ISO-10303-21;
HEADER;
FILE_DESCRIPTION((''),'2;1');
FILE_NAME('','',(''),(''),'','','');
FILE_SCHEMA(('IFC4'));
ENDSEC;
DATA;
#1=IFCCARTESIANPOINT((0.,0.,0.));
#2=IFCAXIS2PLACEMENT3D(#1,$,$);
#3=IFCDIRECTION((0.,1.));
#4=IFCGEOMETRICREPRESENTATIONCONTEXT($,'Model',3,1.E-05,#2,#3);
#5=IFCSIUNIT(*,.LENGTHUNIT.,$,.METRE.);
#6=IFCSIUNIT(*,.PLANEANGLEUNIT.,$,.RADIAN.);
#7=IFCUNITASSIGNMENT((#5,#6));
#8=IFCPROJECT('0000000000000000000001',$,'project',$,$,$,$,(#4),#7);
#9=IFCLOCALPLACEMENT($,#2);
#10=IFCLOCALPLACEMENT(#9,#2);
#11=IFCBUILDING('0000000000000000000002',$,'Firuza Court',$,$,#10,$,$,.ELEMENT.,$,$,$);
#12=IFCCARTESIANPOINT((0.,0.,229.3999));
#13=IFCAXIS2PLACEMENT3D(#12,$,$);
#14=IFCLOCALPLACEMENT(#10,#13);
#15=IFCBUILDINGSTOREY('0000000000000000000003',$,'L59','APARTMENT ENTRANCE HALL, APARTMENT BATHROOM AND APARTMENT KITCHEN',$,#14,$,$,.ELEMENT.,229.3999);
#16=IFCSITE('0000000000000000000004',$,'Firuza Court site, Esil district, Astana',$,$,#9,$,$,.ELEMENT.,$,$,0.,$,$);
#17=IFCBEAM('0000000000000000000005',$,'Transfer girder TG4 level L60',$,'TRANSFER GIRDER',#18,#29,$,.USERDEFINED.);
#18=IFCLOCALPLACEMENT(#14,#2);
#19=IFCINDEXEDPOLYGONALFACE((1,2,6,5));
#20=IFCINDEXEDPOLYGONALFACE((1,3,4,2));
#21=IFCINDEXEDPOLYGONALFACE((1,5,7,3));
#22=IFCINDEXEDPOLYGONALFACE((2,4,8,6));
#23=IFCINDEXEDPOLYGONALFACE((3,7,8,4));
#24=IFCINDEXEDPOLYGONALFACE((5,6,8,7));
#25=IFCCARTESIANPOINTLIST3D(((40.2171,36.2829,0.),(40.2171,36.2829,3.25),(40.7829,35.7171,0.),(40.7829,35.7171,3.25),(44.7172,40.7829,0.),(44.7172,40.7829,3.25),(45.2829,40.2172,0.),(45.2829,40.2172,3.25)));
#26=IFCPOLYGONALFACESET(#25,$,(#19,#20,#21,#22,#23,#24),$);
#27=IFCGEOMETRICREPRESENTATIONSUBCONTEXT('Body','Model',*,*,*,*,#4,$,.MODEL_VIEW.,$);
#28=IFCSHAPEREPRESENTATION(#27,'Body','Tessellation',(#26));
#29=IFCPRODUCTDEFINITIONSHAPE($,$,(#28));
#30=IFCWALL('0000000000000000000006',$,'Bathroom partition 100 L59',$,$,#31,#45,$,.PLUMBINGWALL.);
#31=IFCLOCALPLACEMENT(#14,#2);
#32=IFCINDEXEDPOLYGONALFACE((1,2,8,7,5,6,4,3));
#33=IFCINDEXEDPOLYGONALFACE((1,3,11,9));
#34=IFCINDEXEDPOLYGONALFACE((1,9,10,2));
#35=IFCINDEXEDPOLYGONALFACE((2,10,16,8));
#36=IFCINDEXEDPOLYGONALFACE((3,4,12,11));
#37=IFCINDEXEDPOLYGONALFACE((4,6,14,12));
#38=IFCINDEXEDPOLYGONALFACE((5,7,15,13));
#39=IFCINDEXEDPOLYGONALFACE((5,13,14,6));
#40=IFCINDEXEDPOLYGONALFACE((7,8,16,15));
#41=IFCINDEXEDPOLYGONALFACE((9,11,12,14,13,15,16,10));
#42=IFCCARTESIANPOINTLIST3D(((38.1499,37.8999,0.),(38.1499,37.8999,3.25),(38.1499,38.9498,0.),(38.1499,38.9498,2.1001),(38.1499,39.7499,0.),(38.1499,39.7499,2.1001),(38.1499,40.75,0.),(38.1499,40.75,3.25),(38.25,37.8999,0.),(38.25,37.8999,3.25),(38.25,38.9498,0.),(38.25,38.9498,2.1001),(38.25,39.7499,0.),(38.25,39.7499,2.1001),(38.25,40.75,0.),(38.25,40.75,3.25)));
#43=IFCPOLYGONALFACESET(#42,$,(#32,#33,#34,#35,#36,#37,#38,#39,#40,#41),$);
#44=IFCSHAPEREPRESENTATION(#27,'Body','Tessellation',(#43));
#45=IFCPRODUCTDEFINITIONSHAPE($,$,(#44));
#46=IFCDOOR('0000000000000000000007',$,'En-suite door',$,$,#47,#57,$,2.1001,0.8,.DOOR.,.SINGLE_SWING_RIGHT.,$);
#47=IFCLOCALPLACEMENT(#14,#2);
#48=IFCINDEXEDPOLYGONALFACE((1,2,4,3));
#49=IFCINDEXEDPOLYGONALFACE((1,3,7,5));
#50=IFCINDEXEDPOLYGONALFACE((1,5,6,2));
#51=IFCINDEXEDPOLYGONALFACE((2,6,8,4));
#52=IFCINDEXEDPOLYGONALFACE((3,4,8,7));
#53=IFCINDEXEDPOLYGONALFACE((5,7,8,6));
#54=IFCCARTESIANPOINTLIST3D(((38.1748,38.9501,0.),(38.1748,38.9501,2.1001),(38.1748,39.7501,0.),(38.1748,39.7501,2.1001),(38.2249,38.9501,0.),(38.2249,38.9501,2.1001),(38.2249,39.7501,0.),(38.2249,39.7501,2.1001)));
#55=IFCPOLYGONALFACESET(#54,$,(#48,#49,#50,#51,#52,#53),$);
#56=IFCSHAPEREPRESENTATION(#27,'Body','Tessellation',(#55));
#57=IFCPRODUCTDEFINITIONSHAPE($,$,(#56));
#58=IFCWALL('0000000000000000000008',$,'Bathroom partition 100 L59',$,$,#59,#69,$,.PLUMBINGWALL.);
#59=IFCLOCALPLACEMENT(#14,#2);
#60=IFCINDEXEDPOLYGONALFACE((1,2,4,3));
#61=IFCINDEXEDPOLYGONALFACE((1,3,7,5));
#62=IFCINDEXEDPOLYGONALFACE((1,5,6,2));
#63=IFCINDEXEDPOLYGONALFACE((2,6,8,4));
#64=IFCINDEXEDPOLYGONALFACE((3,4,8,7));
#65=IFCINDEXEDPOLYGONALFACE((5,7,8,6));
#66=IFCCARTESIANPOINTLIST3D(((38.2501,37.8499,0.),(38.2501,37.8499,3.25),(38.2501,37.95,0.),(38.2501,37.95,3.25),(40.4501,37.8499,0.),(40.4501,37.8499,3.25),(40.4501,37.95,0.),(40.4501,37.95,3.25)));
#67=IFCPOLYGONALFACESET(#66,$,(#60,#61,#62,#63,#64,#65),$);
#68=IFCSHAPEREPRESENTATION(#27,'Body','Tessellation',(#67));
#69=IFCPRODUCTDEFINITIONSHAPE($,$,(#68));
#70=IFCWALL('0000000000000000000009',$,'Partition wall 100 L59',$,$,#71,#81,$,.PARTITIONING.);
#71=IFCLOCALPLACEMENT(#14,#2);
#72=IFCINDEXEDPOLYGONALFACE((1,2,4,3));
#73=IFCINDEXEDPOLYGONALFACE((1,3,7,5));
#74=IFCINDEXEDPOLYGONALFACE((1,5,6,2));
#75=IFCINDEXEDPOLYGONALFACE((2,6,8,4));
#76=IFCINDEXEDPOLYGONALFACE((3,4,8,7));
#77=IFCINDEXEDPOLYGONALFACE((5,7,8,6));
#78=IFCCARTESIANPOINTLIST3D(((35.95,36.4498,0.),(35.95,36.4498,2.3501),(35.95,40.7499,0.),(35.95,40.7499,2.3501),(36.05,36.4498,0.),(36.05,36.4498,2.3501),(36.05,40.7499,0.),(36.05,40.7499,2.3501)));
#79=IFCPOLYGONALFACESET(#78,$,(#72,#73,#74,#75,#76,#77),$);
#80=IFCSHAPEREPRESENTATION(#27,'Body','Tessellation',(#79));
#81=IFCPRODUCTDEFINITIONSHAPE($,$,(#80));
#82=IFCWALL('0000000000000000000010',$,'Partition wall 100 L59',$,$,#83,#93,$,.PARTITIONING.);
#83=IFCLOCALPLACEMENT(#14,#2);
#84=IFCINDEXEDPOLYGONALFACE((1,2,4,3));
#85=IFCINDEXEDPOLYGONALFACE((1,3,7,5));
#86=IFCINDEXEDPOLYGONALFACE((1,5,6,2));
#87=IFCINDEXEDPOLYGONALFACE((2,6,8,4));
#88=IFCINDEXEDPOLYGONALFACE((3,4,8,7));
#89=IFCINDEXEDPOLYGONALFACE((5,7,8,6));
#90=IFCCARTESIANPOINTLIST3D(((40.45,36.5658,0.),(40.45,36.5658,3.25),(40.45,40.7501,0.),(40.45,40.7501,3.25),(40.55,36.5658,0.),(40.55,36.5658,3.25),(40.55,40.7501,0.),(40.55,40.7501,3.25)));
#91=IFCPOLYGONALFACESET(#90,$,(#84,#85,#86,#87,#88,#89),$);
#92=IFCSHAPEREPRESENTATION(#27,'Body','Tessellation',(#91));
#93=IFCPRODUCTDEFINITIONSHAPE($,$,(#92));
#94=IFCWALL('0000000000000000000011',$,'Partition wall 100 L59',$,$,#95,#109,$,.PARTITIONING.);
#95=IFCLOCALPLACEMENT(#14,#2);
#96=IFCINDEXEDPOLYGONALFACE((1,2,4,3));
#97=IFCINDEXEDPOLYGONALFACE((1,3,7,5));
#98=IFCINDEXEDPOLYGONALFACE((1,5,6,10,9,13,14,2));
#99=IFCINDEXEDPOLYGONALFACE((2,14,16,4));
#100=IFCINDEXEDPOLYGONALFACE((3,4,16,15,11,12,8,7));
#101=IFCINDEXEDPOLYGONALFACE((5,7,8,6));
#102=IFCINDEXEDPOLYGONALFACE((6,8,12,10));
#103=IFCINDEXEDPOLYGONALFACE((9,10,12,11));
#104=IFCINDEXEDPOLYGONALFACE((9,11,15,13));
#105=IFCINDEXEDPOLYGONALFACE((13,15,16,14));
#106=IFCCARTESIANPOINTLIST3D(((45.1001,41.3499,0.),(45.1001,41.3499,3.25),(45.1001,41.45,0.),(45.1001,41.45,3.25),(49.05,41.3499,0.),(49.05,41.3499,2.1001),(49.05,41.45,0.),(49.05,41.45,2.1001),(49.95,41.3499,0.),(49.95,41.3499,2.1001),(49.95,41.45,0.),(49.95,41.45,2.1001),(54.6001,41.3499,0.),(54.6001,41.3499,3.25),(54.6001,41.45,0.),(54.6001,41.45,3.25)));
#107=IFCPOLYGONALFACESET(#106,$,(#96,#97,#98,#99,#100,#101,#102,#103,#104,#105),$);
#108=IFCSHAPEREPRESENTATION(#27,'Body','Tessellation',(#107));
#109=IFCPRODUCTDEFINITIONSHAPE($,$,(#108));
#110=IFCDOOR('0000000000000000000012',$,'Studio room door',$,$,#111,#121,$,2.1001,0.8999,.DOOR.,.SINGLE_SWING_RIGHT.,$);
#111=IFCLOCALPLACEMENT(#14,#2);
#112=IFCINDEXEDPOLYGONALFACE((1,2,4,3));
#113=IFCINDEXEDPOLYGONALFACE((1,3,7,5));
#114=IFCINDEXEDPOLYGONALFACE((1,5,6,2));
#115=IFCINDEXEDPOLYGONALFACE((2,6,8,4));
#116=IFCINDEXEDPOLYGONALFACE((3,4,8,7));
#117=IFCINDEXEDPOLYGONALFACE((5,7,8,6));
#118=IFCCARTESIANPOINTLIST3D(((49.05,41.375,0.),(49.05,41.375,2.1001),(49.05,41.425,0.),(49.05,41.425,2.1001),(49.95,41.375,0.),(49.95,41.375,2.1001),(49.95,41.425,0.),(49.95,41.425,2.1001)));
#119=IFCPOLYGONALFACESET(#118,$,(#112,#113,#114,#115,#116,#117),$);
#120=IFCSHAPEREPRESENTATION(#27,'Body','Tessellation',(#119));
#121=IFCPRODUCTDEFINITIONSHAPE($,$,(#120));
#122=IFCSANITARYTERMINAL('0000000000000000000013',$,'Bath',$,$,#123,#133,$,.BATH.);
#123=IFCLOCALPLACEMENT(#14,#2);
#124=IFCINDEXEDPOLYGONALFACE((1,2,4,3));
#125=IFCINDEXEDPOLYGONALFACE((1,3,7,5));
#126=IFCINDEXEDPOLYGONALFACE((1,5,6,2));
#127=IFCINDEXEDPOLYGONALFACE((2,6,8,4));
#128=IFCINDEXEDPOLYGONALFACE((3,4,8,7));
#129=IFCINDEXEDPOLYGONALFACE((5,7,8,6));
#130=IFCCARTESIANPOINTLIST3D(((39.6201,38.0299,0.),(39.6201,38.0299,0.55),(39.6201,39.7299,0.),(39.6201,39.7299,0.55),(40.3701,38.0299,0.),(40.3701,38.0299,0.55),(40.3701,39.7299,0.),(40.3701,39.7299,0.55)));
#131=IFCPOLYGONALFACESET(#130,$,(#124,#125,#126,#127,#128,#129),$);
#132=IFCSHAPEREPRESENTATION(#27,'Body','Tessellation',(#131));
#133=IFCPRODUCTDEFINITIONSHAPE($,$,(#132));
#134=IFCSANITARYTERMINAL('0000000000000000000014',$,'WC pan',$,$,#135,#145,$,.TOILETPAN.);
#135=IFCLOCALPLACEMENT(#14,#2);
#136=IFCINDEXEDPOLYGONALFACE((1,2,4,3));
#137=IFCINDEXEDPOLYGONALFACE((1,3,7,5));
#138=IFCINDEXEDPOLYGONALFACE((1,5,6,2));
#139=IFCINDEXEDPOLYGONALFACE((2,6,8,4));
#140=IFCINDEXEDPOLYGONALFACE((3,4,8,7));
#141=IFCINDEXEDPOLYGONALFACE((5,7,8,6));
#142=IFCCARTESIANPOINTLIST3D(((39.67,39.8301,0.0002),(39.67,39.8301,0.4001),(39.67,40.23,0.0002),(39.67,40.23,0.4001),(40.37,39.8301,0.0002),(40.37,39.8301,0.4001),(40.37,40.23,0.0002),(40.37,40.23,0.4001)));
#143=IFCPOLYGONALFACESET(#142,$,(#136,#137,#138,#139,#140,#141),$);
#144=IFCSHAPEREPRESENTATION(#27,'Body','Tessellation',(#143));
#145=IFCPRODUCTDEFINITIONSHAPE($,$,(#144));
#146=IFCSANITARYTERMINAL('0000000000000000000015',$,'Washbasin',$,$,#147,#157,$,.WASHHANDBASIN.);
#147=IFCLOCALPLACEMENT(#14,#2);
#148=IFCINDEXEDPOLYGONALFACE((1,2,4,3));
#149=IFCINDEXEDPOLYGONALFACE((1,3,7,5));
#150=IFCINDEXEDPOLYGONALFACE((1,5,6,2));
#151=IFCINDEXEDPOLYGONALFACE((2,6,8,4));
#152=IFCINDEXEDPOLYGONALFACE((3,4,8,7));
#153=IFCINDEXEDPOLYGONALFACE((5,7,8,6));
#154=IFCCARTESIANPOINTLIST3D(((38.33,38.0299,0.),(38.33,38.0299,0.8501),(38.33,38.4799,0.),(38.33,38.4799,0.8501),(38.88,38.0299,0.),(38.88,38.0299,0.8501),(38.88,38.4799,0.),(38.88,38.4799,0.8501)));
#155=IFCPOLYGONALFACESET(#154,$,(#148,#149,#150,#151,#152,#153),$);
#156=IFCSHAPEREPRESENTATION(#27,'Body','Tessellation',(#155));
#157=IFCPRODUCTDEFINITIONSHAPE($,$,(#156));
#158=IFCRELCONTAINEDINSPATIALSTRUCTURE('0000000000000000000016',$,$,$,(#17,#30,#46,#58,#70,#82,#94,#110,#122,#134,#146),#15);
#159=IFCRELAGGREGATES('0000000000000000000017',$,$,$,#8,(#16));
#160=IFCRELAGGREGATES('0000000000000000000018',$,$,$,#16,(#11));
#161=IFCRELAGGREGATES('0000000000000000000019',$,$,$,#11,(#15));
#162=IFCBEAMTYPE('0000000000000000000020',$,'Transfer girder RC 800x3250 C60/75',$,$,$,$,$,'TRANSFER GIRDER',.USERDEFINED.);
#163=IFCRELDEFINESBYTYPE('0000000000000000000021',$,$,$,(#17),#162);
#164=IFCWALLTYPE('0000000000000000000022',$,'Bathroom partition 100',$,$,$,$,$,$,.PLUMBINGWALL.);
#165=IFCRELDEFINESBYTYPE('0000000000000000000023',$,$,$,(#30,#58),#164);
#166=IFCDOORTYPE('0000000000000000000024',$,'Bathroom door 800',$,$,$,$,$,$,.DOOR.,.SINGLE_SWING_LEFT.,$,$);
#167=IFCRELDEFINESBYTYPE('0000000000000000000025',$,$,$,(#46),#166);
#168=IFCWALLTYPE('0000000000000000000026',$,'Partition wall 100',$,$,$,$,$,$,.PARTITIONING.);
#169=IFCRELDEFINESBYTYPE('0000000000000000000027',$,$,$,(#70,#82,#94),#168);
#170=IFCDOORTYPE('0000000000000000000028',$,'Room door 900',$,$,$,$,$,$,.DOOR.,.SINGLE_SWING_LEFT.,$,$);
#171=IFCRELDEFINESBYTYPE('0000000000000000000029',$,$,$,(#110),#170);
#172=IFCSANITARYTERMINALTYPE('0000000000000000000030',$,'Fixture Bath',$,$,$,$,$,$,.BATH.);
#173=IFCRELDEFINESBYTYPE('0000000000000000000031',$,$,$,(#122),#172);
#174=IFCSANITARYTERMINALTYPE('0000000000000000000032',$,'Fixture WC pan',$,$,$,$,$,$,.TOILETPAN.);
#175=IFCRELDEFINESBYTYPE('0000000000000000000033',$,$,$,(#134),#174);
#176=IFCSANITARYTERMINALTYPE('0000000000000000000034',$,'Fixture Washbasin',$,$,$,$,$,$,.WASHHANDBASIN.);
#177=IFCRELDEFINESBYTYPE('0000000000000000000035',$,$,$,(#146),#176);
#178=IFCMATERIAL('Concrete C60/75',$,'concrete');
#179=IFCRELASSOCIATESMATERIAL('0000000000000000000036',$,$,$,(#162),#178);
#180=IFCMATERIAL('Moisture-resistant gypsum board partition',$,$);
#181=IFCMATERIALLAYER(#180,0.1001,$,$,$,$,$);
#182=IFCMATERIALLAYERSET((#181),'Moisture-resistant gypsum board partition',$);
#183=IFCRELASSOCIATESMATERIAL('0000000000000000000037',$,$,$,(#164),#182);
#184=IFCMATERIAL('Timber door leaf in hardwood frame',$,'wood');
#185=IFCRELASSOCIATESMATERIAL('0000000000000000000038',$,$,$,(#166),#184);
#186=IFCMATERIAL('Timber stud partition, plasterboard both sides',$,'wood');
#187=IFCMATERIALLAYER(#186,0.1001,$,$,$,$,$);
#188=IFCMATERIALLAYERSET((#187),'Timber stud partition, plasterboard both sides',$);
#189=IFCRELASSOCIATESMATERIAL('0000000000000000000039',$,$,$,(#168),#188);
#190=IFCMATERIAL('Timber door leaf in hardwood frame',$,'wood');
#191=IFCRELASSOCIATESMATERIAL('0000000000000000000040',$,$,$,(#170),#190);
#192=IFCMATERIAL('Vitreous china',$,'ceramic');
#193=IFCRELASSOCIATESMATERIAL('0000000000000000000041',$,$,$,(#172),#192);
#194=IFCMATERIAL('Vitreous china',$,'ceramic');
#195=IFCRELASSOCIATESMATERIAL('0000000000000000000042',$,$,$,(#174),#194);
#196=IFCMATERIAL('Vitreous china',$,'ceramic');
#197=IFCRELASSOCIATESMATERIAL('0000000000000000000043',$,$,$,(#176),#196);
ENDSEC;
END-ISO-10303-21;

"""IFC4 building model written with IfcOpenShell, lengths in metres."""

from ifc_helpers import new_model, si_unit, direction, frame, frame_2d, origin, origin_2d, place, context, subcontext, project, spatial, rectangle, extrude, material, layer, layer_set, material_profile, profile_set, type_object, element, fill, save


model = new_model("IFC4")

# Units and contexts
model_context = context("Model", 3, precision=1e-05, world=origin(), true_north=direction((0.0, 1.0)))
body_context = subcontext(model_context, "Body", "Model", "MODEL_VIEW")
ifc_project = project(units=[si_unit("LENGTHUNIT", "METRE"), si_unit("PLANEANGLEUNIT", "RADIAN")], contexts=[model_context])

# Site, building, storey
site_placement = place(None, origin())
site = spatial("IfcSite", under=ifc_project, at=site_placement, Name="Firuza Court site, Esil district, Astana", CompositionType="ELEMENT", RefElevation=0.0)
building_placement = place(site_placement, origin())
building = spatial("IfcBuilding", under=site, at=building_placement, Name="Firuza Court", CompositionType="ELEMENT")
storey_placement = place(building_placement, frame((0.0, 0.0, 229.3999)))
storey = spatial("IfcBuildingStorey", under=building, at=storey_placement, Name="L59", Description="APARTMENT ENTRANCE HALL, APARTMENT BATHROOM AND APARTMENT KITCHEN", CompositionType="ELEMENT", Elevation=229.3999)

# Beam
ifc_material_1 = material(Name="Concrete C60/75", Category="concrete")
ifc_material_profile_1 = material_profile(ifc_material_1, rectangle(XDim=0.8, YDim=3.25, at=origin_2d()), Name="RC 800x3250")
ifc_profile_set_1 = profile_set([ifc_material_profile_1], Name="Concrete C60/75")
beam_type_1 = type_object("IfcBeamType", Name="Transfer girder RC 800x3250 C60/75", ElementType="TRANSFER GIRDER", PredefinedType="USERDEFINED", material=ifc_profile_set_1)
beam_1_placement = place(storey_placement, frame((40.5, 36.0, 1.625), z_axis=(0.707107, 0.707107, 0.0), x_axis=(-0.707107, 0.707107, 0.0)))
element("IfcBeam", 1, at=beam_1_placement, inside=storey, type_object=beam_type_1, Name="Transfer girder TG4 level L60", ObjectType="TRANSFER GIRDER", PredefinedType="USERDEFINED", context=body_context, shape_type="SweptSolid", body=[
    extrude(rectangle(XDim=0.8, YDim=3.25, at=origin_2d()), origin(), (0.0, 0.0, 1.0), 6.364),
])

# Wall, opening, door
ifc_material_2 = material(Name="Moisture-resistant gypsum board partition")
ifc_layer_1 = layer(ifc_material_2, 0.1001)
ifc_layer_set_1 = layer_set([ifc_layer_1], Name="Moisture-resistant gypsum board partition")
wall_type_1 = type_object("IfcWallType", Name="Bathroom partition 100", PredefinedType="PLUMBINGWALL", material=ifc_layer_set_1)
wall_1_placement = place(storey_placement, frame((38.2, 37.8999, 0.0), z_axis=(0.0, 0.0, 1.0), x_axis=(0.0, 1.0, 0.0)))
wall_1 = element("IfcWall", 2, at=wall_1_placement, inside=storey, type_object=wall_type_1, Name="Bathroom partition 100 L59", PredefinedType="PLUMBINGWALL", context=body_context, shape_type="SweptSolid", body=[
    extrude(rectangle(XDim=2.8501, YDim=0.1001, at=frame_2d((1.425, 0.0))), origin(), (0.0, 0.0, 1.0), 3.25),
])
opening_1_placement = place(wall_1_placement, frame((1.05, 0.0, 0.0)))
opening_1 = element("IfcOpeningElement", 3, at=opening_1_placement, cuts=wall_1, PredefinedType="OPENING", context=body_context, shape_type="SweptSolid", body=[
    extrude(rectangle(XDim=0.8, YDim=2.1001, at=frame_2d((0.3999, 1.05))), frame((0.0, 0.062, 0.0), z_axis=(0.0, -1.0, 0.0), x_axis=(1.0, 0.0, 0.0)), (0.0, 0.0, 1.0), 0.124),
])
ifc_material_3 = material(Name="Timber door leaf in hardwood frame", Category="wood")
door_type_1 = type_object("IfcDoorType", Name="Bathroom door 800", OperationType="SINGLE_SWING_LEFT", PredefinedType="DOOR", material=ifc_material_3)
door_1_placement = place(opening_1_placement, frame((0.8, 0.0, 0.0), z_axis=(0.0, 0.0, 1.0), x_axis=(-1.0, 0.0, 0.0)))
door_1 = element("IfcDoor", 4, at=door_1_placement, inside=storey, type_object=door_type_1, Name="En-suite door", OperationType="SINGLE_SWING_RIGHT", OverallHeight=2.1001, OverallWidth=0.8, PredefinedType="DOOR", context=body_context, shape_type="SweptSolid", body=[
    extrude(rectangle(XDim=0.8, YDim=2.1001, at=frame_2d((0.3999, 1.05))), frame((0.0, 0.0249, 0.0), z_axis=(0.0, -1.0, 0.0), x_axis=(1.0, 0.0, 0.0)), (0.0, 0.0, 1.0), 0.05),
])
fill(opening_1, door_1)

# Walls
wall_2_placement = place(storey_placement, frame((38.25, 37.8999, 0.0), z_axis=(0.0, 0.0, 1.0), x_axis=(1.0, 0.0, 0.0)))
element("IfcWall", 5, at=wall_2_placement, inside=storey, type_object=wall_type_1, Name="Bathroom partition 100 L59", PredefinedType="PLUMBINGWALL", context=body_context, shape_type="SweptSolid", body=[
    extrude(rectangle(XDim=2.2, YDim=0.1001, at=frame_2d((1.1001, 0.0))), origin(), (0.0, 0.0, 1.0), 3.25),
])
ifc_material_4 = material(Name="Timber stud partition, plasterboard both sides", Category="wood")
ifc_layer_2 = layer(ifc_material_4, 0.1001)
ifc_layer_set_2 = layer_set([ifc_layer_2], Name="Timber stud partition, plasterboard both sides")
wall_type_2 = type_object("IfcWallType", Name="Partition wall 100", PredefinedType="PARTITIONING", material=ifc_layer_set_2)
wall_3_placement = place(storey_placement, frame((36.0, 36.45, 0.0), z_axis=(0.0, 0.0, 1.0), x_axis=(0.0, 1.0, 0.0)))
element("IfcWall", 6, at=wall_3_placement, inside=storey, type_object=wall_type_2, Name="Partition wall 100 L59", PredefinedType="PARTITIONING", context=body_context, shape_type="SweptSolid", body=[
    extrude(rectangle(XDim=4.3, YDim=0.1001, at=frame_2d((2.1499, 0.0))), origin(), (0.0, 0.0, 1.0), 2.3501),
])
wall_4_placement = place(storey_placement, frame((40.5, 36.5657, 0.0), z_axis=(0.0, 0.0, 1.0), x_axis=(0.0, 1.0, 0.0)))
element("IfcWall", 7, at=wall_4_placement, inside=storey, type_object=wall_type_2, Name="Partition wall 100 L59", PredefinedType="PARTITIONING", context=body_context, shape_type="SweptSolid", body=[
    extrude(rectangle(XDim=4.1843, YDim=0.1001, at=frame_2d((2.0923, 0.0))), origin(), (0.0, 0.0, 1.0), 3.25),
])

# Wall, opening, door
wall_5_placement = place(storey_placement, frame((45.1001, 41.3999, 0.0), z_axis=(0.0, 0.0, 1.0), x_axis=(1.0, 0.0, 0.0)))
wall_5 = element("IfcWall", 8, at=wall_5_placement, inside=storey, type_object=wall_type_2, Name="Partition wall 100 L59", PredefinedType="PARTITIONING", context=body_context, shape_type="SweptSolid", body=[
    extrude(rectangle(XDim=9.5, YDim=0.1001, at=frame_2d((4.75, 0.0))), origin(), (0.0, 0.0, 1.0), 3.25),
])
opening_2_placement = place(wall_5_placement, frame((3.95, 0.0, 0.0)))
opening_2 = element("IfcOpeningElement", 9, at=opening_2_placement, cuts=wall_5, PredefinedType="OPENING", context=body_context, shape_type="SweptSolid", body=[
    extrude(rectangle(XDim=0.8999, YDim=2.1001, at=frame_2d((0.45, 1.05))), frame((0.0, 0.062, 0.0), z_axis=(0.0, -1.0, 0.0), x_axis=(1.0, 0.0, 0.0)), (0.0, 0.0, 1.0), 0.124),
])
ifc_material_5 = material(Name="Timber door leaf in hardwood frame", Category="wood")
door_type_2 = type_object("IfcDoorType", Name="Room door 900", OperationType="SINGLE_SWING_LEFT", PredefinedType="DOOR", material=ifc_material_5)
door_2_placement = place(opening_2_placement, frame((0.8999, 0.0, 0.0), z_axis=(0.0, 0.0, 1.0), x_axis=(-1.0, 0.0, 0.0)))
door_2 = element("IfcDoor", 10, at=door_2_placement, inside=storey, type_object=door_type_2, Name="Studio room door", OperationType="SINGLE_SWING_RIGHT", OverallHeight=2.1001, OverallWidth=0.8999, PredefinedType="DOOR", context=body_context, shape_type="SweptSolid", body=[
    extrude(rectangle(XDim=0.8999, YDim=2.1001, at=frame_2d((0.45, 1.05))), frame((0.0, 0.0249, 0.0), z_axis=(0.0, -1.0, 0.0), x_axis=(1.0, 0.0, 0.0)), (0.0, 0.0, 1.0), 0.05),
])
fill(opening_2, door_2)

# Sanitary terminals
ifc_material_6 = material(Name="Vitreous china", Category="ceramic")
sanitary_terminal_type_1 = type_object("IfcSanitaryTerminalType", Name="Fixture Bath", PredefinedType="BATH", material=ifc_material_6)
sanitary_terminal_1_placement = place(storey_placement, frame((39.9951, 38.8799, 0.0), z_axis=(0.0, 0.0, 1.0), x_axis=(1.0, 0.0, 0.0)))
element("IfcSanitaryTerminal", 11, at=sanitary_terminal_1_placement, inside=storey, type_object=sanitary_terminal_type_1, Name="Bath", PredefinedType="BATH", context=body_context, shape_type="SweptSolid", body=[
    extrude(rectangle(XDim=0.75, YDim=1.7, at=origin_2d()), origin(), (0.0, 0.0, 1.0), 0.55),
])
ifc_material_7 = material(Name="Vitreous china", Category="ceramic")
sanitary_terminal_type_2 = type_object("IfcSanitaryTerminalType", Name="Fixture WC pan", PredefinedType="TOILETPAN", material=ifc_material_7)
sanitary_terminal_2_placement = place(storey_placement, frame((40.02, 40.03, 0.0002), z_axis=(0.0, 0.0, 1.0), x_axis=(1.0, 0.0, 0.0)))
element("IfcSanitaryTerminal", 12, at=sanitary_terminal_2_placement, inside=storey, type_object=sanitary_terminal_type_2, Name="WC pan", PredefinedType="TOILETPAN", context=body_context, shape_type="SweptSolid", body=[
    extrude(rectangle(XDim=0.7, YDim=0.3999, at=origin_2d()), origin(), (0.0, 0.0, 1.0), 0.3999),
])
ifc_material_8 = material(Name="Vitreous china", Category="ceramic")
sanitary_terminal_type_3 = type_object("IfcSanitaryTerminalType", Name="Fixture Washbasin", PredefinedType="WASHHANDBASIN", material=ifc_material_8)
sanitary_terminal_3_placement = place(storey_placement, frame((38.605, 38.2549, 0.0), z_axis=(0.0, 0.0, 1.0), x_axis=(1.0, 0.0, 0.0)))
element("IfcSanitaryTerminal", 13, at=sanitary_terminal_3_placement, inside=storey, type_object=sanitary_terminal_type_3, Name="Washbasin", PredefinedType="WASHHANDBASIN", context=body_context, shape_type="SweptSolid", body=[
    extrude(rectangle(XDim=0.55, YDim=0.45, at=origin_2d()), origin(), (0.0, 0.0, 1.0), 0.8501),
])

save(model, "model.ifc")
